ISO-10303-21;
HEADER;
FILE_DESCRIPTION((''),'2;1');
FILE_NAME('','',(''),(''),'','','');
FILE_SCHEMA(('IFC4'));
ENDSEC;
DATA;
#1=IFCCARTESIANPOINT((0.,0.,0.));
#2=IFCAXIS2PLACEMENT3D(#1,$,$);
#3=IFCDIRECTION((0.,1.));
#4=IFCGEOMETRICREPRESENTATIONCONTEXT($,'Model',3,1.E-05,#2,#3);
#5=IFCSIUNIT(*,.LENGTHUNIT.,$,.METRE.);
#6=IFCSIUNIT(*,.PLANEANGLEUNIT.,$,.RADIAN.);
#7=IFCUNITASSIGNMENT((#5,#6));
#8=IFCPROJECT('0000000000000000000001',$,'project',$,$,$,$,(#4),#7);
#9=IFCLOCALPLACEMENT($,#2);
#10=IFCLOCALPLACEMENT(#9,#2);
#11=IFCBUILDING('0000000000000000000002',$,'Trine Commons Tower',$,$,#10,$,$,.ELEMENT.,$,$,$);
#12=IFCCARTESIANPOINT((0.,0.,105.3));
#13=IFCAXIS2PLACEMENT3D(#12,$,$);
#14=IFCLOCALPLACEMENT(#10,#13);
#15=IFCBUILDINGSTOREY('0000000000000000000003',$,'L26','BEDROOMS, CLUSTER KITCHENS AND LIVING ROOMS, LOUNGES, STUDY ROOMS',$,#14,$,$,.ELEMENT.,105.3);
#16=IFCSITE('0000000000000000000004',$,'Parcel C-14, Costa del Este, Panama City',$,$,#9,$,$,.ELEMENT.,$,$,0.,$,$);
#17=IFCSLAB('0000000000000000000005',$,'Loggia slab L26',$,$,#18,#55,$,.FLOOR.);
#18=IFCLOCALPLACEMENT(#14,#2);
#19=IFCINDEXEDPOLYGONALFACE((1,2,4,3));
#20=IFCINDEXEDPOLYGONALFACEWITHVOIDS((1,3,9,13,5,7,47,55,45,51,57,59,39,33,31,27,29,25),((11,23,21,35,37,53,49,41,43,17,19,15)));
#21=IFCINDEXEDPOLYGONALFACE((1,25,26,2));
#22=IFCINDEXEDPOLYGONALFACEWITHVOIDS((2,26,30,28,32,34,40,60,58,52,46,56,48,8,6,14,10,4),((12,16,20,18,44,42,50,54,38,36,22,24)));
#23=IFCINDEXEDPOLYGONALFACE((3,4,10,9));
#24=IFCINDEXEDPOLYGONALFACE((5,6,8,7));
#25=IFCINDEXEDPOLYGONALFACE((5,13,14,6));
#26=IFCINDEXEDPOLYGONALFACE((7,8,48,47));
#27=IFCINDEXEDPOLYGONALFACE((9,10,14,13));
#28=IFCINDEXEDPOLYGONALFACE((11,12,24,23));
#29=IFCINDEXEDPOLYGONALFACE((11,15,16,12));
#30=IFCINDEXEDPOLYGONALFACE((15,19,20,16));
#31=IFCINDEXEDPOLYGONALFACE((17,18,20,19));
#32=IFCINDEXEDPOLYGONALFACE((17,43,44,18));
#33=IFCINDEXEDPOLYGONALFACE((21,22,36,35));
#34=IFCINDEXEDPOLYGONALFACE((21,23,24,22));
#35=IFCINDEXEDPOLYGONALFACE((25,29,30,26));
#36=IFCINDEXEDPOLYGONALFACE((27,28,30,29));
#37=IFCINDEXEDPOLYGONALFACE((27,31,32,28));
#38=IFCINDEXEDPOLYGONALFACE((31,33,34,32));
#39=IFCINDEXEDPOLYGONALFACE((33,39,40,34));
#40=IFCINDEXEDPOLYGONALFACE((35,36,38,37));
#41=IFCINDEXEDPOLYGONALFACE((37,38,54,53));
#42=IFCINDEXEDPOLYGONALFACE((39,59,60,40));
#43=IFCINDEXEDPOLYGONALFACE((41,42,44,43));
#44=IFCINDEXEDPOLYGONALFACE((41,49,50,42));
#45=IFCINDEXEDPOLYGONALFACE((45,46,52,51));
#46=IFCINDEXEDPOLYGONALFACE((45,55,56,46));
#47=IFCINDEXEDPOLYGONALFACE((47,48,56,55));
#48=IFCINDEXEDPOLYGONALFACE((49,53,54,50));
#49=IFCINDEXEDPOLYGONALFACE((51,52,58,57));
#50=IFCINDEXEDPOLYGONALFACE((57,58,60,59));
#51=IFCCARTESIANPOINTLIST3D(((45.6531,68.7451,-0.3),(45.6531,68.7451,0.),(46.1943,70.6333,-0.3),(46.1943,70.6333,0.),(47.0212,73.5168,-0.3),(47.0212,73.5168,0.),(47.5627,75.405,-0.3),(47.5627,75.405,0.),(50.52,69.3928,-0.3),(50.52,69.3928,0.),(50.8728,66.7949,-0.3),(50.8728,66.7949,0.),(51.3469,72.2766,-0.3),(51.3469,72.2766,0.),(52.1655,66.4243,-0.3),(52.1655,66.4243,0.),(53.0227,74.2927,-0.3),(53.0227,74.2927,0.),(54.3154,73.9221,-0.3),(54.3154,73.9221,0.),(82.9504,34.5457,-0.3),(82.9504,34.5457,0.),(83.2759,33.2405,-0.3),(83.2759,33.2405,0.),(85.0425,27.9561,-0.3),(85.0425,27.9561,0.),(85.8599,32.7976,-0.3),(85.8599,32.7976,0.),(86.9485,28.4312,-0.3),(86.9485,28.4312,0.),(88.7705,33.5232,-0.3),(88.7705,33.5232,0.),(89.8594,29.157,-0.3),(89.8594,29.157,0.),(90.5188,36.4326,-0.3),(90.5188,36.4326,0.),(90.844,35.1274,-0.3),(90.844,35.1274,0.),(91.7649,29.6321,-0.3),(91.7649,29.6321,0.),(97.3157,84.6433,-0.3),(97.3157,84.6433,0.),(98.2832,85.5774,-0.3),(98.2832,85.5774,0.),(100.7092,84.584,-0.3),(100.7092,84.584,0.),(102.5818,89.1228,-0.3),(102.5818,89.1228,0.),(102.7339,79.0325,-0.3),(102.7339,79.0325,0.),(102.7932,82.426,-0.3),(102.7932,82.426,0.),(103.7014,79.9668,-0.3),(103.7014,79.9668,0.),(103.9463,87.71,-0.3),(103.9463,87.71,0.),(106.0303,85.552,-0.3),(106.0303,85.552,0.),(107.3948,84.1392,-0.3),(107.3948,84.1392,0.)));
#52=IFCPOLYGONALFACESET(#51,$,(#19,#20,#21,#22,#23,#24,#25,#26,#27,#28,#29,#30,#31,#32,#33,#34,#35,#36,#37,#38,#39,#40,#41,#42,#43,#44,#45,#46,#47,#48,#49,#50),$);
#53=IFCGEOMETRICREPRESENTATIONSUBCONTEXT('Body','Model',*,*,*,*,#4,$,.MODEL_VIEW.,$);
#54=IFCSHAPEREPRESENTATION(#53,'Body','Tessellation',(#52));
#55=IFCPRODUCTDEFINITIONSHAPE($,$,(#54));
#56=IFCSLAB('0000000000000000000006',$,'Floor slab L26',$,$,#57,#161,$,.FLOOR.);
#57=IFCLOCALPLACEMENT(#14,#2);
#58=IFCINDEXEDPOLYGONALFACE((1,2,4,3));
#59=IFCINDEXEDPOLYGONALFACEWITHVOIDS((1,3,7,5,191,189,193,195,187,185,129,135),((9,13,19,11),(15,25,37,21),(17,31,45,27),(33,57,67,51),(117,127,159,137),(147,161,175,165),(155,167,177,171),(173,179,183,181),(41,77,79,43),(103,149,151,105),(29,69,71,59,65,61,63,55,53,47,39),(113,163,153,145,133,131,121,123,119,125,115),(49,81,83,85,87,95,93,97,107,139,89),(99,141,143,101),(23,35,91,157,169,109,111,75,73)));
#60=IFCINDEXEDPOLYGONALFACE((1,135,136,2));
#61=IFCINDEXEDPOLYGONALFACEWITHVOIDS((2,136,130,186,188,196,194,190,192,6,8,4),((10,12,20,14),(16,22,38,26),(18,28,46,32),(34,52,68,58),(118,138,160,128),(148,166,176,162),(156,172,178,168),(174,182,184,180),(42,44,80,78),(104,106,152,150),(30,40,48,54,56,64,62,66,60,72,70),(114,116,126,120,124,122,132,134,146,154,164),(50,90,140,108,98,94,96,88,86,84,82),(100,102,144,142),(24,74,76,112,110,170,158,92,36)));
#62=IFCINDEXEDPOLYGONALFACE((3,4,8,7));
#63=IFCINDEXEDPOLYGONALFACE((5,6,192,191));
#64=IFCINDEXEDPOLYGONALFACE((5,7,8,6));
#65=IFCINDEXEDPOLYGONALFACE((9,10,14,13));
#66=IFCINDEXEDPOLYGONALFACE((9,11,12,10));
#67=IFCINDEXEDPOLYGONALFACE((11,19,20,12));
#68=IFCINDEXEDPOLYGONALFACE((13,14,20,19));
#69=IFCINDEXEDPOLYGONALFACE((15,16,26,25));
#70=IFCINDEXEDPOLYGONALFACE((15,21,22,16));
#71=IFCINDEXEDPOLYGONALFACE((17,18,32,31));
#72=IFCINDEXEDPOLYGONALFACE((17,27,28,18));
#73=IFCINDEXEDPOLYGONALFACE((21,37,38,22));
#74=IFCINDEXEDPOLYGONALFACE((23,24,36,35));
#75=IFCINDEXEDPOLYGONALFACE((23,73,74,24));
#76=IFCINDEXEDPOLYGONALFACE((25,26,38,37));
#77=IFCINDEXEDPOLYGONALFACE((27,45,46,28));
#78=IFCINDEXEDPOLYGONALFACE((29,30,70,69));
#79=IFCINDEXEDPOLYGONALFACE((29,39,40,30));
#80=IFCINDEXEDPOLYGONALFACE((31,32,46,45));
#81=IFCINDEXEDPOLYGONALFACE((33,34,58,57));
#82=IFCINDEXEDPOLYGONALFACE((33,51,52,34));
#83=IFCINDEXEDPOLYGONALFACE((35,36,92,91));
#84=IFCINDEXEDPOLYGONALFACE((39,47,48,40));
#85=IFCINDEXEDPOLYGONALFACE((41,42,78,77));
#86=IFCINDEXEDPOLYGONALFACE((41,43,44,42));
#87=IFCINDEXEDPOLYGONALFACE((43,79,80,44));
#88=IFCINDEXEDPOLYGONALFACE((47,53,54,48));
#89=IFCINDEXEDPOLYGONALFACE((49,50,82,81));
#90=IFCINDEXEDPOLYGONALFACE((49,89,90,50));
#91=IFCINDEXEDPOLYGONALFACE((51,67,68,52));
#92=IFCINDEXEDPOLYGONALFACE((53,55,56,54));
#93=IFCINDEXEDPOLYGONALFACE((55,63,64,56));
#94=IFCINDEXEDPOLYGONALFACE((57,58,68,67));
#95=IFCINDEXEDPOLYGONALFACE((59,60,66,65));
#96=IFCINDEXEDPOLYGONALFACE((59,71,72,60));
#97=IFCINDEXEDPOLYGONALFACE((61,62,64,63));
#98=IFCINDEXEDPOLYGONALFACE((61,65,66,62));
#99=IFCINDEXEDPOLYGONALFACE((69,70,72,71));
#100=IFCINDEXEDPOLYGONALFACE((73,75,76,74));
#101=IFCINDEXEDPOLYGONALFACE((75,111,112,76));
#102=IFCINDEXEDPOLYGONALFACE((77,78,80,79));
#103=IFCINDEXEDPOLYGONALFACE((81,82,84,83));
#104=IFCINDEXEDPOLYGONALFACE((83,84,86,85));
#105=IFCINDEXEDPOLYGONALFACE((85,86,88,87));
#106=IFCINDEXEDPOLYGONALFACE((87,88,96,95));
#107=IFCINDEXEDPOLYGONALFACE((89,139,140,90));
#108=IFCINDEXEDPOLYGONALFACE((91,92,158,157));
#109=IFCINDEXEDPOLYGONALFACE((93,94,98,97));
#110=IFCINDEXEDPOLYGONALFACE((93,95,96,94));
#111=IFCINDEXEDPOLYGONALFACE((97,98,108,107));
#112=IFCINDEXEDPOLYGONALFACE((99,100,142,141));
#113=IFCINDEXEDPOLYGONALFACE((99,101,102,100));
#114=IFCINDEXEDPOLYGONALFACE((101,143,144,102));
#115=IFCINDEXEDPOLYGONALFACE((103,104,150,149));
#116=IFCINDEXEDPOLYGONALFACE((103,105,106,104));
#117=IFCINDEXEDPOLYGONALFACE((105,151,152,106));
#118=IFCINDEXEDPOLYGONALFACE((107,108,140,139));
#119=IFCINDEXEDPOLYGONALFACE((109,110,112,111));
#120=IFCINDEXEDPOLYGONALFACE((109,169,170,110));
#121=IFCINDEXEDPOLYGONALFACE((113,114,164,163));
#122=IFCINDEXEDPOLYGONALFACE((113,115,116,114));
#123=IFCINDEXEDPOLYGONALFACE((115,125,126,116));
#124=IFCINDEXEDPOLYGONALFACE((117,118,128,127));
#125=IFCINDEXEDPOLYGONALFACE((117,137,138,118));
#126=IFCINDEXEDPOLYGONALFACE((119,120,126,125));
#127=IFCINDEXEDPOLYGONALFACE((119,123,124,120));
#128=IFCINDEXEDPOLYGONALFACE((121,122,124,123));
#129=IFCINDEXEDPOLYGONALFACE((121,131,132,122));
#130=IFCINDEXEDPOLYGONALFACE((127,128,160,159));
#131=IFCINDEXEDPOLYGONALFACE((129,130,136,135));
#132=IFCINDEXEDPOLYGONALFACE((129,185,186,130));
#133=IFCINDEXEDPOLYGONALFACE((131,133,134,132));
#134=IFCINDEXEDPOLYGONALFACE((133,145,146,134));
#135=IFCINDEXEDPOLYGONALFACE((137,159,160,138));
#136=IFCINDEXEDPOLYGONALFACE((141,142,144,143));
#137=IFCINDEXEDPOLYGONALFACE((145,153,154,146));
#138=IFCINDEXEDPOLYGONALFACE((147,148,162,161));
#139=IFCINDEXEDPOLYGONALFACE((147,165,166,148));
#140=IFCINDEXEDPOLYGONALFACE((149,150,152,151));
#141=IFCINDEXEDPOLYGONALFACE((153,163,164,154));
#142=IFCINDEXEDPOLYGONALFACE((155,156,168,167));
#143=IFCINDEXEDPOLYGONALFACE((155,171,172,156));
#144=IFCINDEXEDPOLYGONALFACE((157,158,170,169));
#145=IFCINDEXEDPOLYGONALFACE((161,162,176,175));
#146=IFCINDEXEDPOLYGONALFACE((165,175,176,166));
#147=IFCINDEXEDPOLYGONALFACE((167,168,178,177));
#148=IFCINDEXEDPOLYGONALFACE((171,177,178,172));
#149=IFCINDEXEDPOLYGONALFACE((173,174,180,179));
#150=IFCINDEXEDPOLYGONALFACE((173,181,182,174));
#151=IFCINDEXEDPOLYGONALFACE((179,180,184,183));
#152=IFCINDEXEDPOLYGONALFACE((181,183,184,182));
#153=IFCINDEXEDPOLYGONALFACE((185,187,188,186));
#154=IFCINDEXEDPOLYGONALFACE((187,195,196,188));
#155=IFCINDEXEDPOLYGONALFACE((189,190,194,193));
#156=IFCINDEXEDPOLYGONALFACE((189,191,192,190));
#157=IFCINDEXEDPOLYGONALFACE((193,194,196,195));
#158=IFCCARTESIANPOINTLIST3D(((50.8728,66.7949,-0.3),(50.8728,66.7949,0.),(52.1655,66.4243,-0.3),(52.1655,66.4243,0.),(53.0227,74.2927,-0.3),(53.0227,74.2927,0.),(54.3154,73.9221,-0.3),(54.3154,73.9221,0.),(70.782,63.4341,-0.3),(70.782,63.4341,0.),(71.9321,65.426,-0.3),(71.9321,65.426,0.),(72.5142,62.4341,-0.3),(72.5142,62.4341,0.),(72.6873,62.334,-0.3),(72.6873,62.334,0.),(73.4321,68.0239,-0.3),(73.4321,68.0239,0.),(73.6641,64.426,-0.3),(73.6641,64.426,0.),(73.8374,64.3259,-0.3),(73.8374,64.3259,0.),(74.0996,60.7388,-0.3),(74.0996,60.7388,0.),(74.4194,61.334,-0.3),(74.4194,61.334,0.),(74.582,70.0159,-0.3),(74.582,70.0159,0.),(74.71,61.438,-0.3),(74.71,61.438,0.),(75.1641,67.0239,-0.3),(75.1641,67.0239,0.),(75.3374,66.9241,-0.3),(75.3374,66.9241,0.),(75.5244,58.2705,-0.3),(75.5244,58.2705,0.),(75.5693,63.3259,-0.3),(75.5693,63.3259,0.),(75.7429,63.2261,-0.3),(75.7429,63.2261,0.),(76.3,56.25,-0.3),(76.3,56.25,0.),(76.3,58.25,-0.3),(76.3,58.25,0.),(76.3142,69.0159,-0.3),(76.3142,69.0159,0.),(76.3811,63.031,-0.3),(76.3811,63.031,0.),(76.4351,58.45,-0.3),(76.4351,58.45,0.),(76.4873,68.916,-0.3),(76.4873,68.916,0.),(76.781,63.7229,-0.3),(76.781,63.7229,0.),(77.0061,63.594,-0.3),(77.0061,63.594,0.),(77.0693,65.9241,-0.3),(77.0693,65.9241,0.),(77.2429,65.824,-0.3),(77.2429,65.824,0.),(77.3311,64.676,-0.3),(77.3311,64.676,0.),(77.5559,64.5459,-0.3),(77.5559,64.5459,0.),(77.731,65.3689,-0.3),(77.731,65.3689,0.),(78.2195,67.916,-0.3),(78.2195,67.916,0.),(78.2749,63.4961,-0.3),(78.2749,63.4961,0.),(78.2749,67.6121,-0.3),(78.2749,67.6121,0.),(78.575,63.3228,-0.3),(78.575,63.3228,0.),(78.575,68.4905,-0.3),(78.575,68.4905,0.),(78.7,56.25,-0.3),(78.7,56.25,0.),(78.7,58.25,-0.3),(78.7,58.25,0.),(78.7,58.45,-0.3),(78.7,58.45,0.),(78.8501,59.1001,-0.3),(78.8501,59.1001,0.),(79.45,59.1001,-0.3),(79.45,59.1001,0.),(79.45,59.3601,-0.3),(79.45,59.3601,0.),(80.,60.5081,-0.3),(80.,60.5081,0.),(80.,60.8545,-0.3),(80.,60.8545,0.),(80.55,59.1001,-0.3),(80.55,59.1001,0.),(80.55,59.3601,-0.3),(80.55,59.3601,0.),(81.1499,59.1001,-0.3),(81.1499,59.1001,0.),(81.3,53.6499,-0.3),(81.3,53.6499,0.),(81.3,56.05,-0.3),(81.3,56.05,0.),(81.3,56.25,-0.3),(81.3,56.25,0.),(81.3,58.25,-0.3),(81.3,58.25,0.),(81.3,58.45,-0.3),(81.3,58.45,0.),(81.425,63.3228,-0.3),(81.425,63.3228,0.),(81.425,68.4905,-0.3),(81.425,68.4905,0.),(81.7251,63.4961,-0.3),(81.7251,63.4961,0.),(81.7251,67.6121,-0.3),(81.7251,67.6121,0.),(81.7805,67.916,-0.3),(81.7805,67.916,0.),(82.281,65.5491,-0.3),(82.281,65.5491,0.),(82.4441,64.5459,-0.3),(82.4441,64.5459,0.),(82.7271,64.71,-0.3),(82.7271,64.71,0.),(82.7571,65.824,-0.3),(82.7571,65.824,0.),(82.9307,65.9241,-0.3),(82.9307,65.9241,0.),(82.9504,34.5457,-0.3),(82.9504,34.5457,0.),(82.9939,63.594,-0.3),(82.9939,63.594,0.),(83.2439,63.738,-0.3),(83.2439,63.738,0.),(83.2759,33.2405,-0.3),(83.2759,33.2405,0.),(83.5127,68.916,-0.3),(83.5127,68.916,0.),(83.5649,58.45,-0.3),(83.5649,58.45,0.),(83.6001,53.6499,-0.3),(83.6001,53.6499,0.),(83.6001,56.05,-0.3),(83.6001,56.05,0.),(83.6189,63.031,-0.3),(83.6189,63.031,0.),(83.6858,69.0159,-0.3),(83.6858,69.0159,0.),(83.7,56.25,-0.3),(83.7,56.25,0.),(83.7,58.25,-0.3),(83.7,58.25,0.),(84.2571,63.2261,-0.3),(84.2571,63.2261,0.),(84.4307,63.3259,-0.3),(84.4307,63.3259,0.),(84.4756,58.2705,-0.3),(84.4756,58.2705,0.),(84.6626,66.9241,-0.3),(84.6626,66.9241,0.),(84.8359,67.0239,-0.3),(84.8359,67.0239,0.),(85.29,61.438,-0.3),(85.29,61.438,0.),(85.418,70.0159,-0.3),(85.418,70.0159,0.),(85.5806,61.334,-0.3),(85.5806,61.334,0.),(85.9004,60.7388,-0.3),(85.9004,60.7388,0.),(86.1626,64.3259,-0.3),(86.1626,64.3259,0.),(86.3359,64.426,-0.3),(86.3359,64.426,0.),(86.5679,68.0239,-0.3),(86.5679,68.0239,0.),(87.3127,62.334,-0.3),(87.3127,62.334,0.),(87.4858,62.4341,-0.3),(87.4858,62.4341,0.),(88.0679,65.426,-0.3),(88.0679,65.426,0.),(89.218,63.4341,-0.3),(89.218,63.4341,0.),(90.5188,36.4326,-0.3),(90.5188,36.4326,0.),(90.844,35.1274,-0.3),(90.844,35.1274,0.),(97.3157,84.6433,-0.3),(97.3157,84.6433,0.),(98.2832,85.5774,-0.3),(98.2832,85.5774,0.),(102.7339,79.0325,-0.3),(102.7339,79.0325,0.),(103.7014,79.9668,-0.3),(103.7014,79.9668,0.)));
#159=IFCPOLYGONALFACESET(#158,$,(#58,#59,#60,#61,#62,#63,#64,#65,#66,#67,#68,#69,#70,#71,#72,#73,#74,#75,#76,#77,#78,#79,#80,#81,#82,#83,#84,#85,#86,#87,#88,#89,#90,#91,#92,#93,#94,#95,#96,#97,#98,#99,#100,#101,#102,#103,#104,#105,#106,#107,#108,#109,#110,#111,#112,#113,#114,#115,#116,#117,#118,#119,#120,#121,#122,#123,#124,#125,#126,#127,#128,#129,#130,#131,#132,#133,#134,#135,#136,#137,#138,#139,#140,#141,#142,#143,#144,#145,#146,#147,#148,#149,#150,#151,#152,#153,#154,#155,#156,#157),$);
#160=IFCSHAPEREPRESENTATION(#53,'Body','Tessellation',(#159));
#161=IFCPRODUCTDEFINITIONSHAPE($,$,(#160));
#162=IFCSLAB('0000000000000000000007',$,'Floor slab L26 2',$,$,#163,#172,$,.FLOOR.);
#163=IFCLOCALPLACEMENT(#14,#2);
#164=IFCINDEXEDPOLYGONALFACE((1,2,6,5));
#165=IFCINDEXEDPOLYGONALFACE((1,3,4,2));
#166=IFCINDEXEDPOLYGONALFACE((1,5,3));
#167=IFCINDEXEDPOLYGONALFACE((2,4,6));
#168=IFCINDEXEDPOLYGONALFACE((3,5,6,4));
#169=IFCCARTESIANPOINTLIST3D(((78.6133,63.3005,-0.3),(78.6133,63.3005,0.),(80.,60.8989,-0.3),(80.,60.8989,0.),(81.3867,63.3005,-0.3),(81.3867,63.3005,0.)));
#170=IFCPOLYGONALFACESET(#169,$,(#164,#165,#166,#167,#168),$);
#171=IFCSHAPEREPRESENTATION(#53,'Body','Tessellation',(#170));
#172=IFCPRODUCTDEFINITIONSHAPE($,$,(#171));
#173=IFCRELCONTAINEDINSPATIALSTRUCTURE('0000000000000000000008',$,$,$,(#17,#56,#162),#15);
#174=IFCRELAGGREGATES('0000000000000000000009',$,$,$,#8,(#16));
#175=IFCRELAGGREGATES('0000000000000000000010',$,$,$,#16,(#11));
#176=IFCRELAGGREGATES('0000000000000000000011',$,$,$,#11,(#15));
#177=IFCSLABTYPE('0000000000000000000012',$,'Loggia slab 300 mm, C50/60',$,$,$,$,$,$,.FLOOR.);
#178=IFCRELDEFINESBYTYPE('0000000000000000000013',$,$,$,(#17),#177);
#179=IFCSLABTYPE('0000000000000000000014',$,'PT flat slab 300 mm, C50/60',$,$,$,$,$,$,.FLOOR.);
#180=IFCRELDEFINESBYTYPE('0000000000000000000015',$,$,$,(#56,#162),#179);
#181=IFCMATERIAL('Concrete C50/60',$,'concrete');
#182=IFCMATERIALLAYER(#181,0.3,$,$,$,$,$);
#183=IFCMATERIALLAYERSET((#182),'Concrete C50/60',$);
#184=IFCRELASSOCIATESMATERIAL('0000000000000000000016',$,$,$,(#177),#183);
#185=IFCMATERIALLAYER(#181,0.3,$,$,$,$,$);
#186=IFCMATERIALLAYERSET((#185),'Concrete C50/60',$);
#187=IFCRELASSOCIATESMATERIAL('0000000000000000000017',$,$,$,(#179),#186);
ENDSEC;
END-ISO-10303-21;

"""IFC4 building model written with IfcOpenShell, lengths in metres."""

from ifc_helpers import new_model, si_unit, direction, frame, origin, place, context, subcontext, project, spatial, polyline, outline, extrude, material, layer, layer_set, type_object, element, save


model = new_model("IFC4")

# Units and contexts
model_context = context("Model", 3, precision=1e-05, world=origin(), true_north=direction((0.0, 1.0)))
body_context = subcontext(model_context, "Body", "Model", "MODEL_VIEW")
ifc_project = project(units=[si_unit("LENGTHUNIT", "METRE"), si_unit("PLANEANGLEUNIT", "RADIAN")], contexts=[model_context])

# Site, building, storey
site_placement = place(None, origin())
site = spatial("IfcSite", under=ifc_project, at=site_placement, Name="Parcel C-14, Costa del Este, Panama City", CompositionType="ELEMENT", RefElevation=0.0)
building_placement = place(site_placement, origin())
building = spatial("IfcBuilding", under=site, at=building_placement, Name="Trine Commons Tower", CompositionType="ELEMENT")
storey_placement = place(building_placement, frame((0.0, 0.0, 105.3)))
storey = spatial("IfcBuildingStorey", under=building, at=storey_placement, Name="L26", Description="BEDROOMS, CLUSTER KITCHENS AND LIVING ROOMS, LOUNGES, STUDY ROOMS", CompositionType="ELEMENT", Elevation=105.3)

# Slabs
ifc_material_1 = material(Name="Concrete C50/60", Category="concrete")
ifc_layer_1 = layer(ifc_material_1, 0.3)
ifc_layer_set_1 = layer_set([ifc_layer_1], Name="Concrete C50/60")
slab_type_1 = type_object("IfcSlabType", Name="Loggia slab 300 mm, C50/60", PredefinedType="FLOOR", material=ifc_layer_set_1)
slab_1_placement = place(storey_placement, frame((0.0, 0.0, -0.3)))
element("IfcSlab", 1, at=slab_1_placement, inside=storey, type_object=slab_type_1, Name="Loggia slab L26", PredefinedType="FLOOR", context=body_context, shape_type="SweptSolid", body=[
    extrude(outline(polyline([(91.7649, 29.6321), (107.3948, 84.1392), (106.0303, 85.552), (102.7932, 82.426), (100.7092, 84.584), (103.9463, 87.71), (102.5818, 89.1228), (47.5627, 75.405), (47.0212, 73.5168), (51.3469, 72.2766), (50.52, 69.3928), (46.1943, 70.6333), (45.6531, 68.7451), (85.0425, 27.9561), (86.9485, 28.4312), (85.8599, 32.7976), (88.7705, 33.5232), (89.8594, 29.157), (91.7649, 29.6321)]), holes=[polyline([(83.2759, 33.2405), (82.9504, 34.5457), (90.5188, 36.4326), (90.844, 35.1274), (103.7014, 79.9668), (102.7339, 79.0325), (97.3157, 84.6433), (98.2832, 85.5774), (53.0227, 74.2927), (54.3154, 73.9221), (52.1655, 66.4243), (50.8728, 66.7949), (83.2759, 33.2405)])]), origin(), (0.0, 0.0, 1.0), 0.3),
])
ifc_layer_2 = layer(ifc_material_1, 0.3)
ifc_layer_set_2 = layer_set([ifc_layer_2], Name="Concrete C50/60")
slab_type_2 = type_object("IfcSlabType", Name="PT flat slab 300 mm, C50/60", PredefinedType="FLOOR", material=ifc_layer_set_2)
slab_2_placement = place(storey_placement, frame((0.0, 0.0, -0.3)))
element("IfcSlab", 2, at=slab_2_placement, inside=storey, type_object=slab_type_2, Name="Floor slab L26", PredefinedType="FLOOR", context=body_context, shape_type="SweptSolid", body=[
    extrude(outline(polyline([(50.8728, 66.7949), (83.2759, 33.2405), (82.9504, 34.5457), (90.5188, 36.4326), (90.844, 35.1274), (103.7014, 79.9668), (102.7339, 79.0325), (97.3157, 84.6433), (98.2832, 85.5774), (53.0227, 74.2927), (54.3154, 73.9221), (52.1655, 66.4243), (50.8728, 66.7949)]), holes=[polyline([(76.3, 56.25), (78.7, 56.25), (78.7, 58.25), (76.3, 58.25), (76.3, 56.25)]), polyline([(81.1499, 59.1001), (81.3, 58.45), (83.5649, 58.45), (80.0, 60.5081), (76.4351, 58.45), (78.7, 58.45), (78.8501, 59.1001), (79.45, 59.1001), (79.45, 59.3601), (80.55, 59.3601), (80.55, 59.1001), (81.1499, 59.1001)]), polyline([(80.0, 60.8545), (84.4756, 58.2705), (85.9004, 60.7388), (81.425, 63.3228), (81.425, 68.4905), (78.575, 68.4905), (78.575, 63.3228), (74.0996, 60.7388), (75.5244, 58.2705), (80.0, 60.8545)]), polyline([(73.8374, 64.3259), (72.6873, 62.334), (74.4194, 61.334), (75.5693, 63.3259), (73.8374, 64.3259)]), polyline([(71.9321, 65.426), (70.782, 63.4341), (72.5142, 62.4341), (73.6641, 64.426), (71.9321, 65.426)]), polyline([(76.781, 63.7229), (76.3811, 63.031), (75.7429, 63.2261), (74.71, 61.438), (78.2749, 63.4961), (78.2749, 67.6121), (77.2429, 65.824), (77.731, 65.3689), (77.3311, 64.676), (77.5559, 64.5459), (77.0061, 63.594), (76.781, 63.7229)]), polyline([(76.4873, 68.916), (75.3374, 66.9241), (77.0693, 65.9241), (78.2195, 67.916), (76.4873, 68.916)]), polyline([(74.582, 70.0159), (73.4321, 68.0239), (75.1641, 67.0239), (76.3142, 69.0159), (74.582, 70.0159)]), polyline([(81.3, 53.6499), (83.6001, 53.6499), (83.6001, 56.05), (81.3, 56.05), (81.3, 53.6499)]), polyline([(81.3, 56.25), (83.7, 56.25), (83.7, 58.25), (81.3, 58.25), (81.3, 56.25)]), polyline([(87.3127, 62.334), (86.1626, 64.3259), (84.4307, 63.3259), (85.5806, 61.334), (87.3127, 62.334)]), polyline([(89.218, 63.4341), (88.0679, 65.426), (86.3359, 64.426), (87.4858, 62.4341), (89.218, 63.4341)]), polyline([(83.2439, 63.738), (82.9939, 63.594), (82.4441, 64.5459), (82.7271, 64.71), (82.281, 65.5491), (82.7571, 65.824), (81.7251, 67.6121), (81.7251, 63.4961), (85.29, 61.438), (84.2571, 63.2261), (83.6189, 63.031), (83.2439, 63.738)]), polyline([(82.9307, 65.9241), (84.6626, 66.9241), (83.5127, 68.916), (81.7805, 67.916), (82.9307, 65.9241)]), polyline([(84.8359, 67.0239), (86.5679, 68.0239), (85.418, 70.0159), (83.6858, 69.0159), (84.8359, 67.0239)])]), origin(), (0.0, 0.0, 1.0), 0.3),
])
slab_3_placement = place(storey_placement, frame((0.0, 0.0, -0.3)))
element("IfcSlab", 3, at=slab_3_placement, inside=storey, type_object=slab_type_2, Name="Floor slab L26 2", PredefinedType="FLOOR", context=body_context, shape_type="SweptSolid", body=[
    extrude(outline(polyline([(78.6133, 63.3005), (80.0, 60.8989), (81.3867, 63.3005), (78.6133, 63.3005)])), origin(), (0.0, 0.0, 1.0), 0.3),
])

save(model, "model.ifc")
